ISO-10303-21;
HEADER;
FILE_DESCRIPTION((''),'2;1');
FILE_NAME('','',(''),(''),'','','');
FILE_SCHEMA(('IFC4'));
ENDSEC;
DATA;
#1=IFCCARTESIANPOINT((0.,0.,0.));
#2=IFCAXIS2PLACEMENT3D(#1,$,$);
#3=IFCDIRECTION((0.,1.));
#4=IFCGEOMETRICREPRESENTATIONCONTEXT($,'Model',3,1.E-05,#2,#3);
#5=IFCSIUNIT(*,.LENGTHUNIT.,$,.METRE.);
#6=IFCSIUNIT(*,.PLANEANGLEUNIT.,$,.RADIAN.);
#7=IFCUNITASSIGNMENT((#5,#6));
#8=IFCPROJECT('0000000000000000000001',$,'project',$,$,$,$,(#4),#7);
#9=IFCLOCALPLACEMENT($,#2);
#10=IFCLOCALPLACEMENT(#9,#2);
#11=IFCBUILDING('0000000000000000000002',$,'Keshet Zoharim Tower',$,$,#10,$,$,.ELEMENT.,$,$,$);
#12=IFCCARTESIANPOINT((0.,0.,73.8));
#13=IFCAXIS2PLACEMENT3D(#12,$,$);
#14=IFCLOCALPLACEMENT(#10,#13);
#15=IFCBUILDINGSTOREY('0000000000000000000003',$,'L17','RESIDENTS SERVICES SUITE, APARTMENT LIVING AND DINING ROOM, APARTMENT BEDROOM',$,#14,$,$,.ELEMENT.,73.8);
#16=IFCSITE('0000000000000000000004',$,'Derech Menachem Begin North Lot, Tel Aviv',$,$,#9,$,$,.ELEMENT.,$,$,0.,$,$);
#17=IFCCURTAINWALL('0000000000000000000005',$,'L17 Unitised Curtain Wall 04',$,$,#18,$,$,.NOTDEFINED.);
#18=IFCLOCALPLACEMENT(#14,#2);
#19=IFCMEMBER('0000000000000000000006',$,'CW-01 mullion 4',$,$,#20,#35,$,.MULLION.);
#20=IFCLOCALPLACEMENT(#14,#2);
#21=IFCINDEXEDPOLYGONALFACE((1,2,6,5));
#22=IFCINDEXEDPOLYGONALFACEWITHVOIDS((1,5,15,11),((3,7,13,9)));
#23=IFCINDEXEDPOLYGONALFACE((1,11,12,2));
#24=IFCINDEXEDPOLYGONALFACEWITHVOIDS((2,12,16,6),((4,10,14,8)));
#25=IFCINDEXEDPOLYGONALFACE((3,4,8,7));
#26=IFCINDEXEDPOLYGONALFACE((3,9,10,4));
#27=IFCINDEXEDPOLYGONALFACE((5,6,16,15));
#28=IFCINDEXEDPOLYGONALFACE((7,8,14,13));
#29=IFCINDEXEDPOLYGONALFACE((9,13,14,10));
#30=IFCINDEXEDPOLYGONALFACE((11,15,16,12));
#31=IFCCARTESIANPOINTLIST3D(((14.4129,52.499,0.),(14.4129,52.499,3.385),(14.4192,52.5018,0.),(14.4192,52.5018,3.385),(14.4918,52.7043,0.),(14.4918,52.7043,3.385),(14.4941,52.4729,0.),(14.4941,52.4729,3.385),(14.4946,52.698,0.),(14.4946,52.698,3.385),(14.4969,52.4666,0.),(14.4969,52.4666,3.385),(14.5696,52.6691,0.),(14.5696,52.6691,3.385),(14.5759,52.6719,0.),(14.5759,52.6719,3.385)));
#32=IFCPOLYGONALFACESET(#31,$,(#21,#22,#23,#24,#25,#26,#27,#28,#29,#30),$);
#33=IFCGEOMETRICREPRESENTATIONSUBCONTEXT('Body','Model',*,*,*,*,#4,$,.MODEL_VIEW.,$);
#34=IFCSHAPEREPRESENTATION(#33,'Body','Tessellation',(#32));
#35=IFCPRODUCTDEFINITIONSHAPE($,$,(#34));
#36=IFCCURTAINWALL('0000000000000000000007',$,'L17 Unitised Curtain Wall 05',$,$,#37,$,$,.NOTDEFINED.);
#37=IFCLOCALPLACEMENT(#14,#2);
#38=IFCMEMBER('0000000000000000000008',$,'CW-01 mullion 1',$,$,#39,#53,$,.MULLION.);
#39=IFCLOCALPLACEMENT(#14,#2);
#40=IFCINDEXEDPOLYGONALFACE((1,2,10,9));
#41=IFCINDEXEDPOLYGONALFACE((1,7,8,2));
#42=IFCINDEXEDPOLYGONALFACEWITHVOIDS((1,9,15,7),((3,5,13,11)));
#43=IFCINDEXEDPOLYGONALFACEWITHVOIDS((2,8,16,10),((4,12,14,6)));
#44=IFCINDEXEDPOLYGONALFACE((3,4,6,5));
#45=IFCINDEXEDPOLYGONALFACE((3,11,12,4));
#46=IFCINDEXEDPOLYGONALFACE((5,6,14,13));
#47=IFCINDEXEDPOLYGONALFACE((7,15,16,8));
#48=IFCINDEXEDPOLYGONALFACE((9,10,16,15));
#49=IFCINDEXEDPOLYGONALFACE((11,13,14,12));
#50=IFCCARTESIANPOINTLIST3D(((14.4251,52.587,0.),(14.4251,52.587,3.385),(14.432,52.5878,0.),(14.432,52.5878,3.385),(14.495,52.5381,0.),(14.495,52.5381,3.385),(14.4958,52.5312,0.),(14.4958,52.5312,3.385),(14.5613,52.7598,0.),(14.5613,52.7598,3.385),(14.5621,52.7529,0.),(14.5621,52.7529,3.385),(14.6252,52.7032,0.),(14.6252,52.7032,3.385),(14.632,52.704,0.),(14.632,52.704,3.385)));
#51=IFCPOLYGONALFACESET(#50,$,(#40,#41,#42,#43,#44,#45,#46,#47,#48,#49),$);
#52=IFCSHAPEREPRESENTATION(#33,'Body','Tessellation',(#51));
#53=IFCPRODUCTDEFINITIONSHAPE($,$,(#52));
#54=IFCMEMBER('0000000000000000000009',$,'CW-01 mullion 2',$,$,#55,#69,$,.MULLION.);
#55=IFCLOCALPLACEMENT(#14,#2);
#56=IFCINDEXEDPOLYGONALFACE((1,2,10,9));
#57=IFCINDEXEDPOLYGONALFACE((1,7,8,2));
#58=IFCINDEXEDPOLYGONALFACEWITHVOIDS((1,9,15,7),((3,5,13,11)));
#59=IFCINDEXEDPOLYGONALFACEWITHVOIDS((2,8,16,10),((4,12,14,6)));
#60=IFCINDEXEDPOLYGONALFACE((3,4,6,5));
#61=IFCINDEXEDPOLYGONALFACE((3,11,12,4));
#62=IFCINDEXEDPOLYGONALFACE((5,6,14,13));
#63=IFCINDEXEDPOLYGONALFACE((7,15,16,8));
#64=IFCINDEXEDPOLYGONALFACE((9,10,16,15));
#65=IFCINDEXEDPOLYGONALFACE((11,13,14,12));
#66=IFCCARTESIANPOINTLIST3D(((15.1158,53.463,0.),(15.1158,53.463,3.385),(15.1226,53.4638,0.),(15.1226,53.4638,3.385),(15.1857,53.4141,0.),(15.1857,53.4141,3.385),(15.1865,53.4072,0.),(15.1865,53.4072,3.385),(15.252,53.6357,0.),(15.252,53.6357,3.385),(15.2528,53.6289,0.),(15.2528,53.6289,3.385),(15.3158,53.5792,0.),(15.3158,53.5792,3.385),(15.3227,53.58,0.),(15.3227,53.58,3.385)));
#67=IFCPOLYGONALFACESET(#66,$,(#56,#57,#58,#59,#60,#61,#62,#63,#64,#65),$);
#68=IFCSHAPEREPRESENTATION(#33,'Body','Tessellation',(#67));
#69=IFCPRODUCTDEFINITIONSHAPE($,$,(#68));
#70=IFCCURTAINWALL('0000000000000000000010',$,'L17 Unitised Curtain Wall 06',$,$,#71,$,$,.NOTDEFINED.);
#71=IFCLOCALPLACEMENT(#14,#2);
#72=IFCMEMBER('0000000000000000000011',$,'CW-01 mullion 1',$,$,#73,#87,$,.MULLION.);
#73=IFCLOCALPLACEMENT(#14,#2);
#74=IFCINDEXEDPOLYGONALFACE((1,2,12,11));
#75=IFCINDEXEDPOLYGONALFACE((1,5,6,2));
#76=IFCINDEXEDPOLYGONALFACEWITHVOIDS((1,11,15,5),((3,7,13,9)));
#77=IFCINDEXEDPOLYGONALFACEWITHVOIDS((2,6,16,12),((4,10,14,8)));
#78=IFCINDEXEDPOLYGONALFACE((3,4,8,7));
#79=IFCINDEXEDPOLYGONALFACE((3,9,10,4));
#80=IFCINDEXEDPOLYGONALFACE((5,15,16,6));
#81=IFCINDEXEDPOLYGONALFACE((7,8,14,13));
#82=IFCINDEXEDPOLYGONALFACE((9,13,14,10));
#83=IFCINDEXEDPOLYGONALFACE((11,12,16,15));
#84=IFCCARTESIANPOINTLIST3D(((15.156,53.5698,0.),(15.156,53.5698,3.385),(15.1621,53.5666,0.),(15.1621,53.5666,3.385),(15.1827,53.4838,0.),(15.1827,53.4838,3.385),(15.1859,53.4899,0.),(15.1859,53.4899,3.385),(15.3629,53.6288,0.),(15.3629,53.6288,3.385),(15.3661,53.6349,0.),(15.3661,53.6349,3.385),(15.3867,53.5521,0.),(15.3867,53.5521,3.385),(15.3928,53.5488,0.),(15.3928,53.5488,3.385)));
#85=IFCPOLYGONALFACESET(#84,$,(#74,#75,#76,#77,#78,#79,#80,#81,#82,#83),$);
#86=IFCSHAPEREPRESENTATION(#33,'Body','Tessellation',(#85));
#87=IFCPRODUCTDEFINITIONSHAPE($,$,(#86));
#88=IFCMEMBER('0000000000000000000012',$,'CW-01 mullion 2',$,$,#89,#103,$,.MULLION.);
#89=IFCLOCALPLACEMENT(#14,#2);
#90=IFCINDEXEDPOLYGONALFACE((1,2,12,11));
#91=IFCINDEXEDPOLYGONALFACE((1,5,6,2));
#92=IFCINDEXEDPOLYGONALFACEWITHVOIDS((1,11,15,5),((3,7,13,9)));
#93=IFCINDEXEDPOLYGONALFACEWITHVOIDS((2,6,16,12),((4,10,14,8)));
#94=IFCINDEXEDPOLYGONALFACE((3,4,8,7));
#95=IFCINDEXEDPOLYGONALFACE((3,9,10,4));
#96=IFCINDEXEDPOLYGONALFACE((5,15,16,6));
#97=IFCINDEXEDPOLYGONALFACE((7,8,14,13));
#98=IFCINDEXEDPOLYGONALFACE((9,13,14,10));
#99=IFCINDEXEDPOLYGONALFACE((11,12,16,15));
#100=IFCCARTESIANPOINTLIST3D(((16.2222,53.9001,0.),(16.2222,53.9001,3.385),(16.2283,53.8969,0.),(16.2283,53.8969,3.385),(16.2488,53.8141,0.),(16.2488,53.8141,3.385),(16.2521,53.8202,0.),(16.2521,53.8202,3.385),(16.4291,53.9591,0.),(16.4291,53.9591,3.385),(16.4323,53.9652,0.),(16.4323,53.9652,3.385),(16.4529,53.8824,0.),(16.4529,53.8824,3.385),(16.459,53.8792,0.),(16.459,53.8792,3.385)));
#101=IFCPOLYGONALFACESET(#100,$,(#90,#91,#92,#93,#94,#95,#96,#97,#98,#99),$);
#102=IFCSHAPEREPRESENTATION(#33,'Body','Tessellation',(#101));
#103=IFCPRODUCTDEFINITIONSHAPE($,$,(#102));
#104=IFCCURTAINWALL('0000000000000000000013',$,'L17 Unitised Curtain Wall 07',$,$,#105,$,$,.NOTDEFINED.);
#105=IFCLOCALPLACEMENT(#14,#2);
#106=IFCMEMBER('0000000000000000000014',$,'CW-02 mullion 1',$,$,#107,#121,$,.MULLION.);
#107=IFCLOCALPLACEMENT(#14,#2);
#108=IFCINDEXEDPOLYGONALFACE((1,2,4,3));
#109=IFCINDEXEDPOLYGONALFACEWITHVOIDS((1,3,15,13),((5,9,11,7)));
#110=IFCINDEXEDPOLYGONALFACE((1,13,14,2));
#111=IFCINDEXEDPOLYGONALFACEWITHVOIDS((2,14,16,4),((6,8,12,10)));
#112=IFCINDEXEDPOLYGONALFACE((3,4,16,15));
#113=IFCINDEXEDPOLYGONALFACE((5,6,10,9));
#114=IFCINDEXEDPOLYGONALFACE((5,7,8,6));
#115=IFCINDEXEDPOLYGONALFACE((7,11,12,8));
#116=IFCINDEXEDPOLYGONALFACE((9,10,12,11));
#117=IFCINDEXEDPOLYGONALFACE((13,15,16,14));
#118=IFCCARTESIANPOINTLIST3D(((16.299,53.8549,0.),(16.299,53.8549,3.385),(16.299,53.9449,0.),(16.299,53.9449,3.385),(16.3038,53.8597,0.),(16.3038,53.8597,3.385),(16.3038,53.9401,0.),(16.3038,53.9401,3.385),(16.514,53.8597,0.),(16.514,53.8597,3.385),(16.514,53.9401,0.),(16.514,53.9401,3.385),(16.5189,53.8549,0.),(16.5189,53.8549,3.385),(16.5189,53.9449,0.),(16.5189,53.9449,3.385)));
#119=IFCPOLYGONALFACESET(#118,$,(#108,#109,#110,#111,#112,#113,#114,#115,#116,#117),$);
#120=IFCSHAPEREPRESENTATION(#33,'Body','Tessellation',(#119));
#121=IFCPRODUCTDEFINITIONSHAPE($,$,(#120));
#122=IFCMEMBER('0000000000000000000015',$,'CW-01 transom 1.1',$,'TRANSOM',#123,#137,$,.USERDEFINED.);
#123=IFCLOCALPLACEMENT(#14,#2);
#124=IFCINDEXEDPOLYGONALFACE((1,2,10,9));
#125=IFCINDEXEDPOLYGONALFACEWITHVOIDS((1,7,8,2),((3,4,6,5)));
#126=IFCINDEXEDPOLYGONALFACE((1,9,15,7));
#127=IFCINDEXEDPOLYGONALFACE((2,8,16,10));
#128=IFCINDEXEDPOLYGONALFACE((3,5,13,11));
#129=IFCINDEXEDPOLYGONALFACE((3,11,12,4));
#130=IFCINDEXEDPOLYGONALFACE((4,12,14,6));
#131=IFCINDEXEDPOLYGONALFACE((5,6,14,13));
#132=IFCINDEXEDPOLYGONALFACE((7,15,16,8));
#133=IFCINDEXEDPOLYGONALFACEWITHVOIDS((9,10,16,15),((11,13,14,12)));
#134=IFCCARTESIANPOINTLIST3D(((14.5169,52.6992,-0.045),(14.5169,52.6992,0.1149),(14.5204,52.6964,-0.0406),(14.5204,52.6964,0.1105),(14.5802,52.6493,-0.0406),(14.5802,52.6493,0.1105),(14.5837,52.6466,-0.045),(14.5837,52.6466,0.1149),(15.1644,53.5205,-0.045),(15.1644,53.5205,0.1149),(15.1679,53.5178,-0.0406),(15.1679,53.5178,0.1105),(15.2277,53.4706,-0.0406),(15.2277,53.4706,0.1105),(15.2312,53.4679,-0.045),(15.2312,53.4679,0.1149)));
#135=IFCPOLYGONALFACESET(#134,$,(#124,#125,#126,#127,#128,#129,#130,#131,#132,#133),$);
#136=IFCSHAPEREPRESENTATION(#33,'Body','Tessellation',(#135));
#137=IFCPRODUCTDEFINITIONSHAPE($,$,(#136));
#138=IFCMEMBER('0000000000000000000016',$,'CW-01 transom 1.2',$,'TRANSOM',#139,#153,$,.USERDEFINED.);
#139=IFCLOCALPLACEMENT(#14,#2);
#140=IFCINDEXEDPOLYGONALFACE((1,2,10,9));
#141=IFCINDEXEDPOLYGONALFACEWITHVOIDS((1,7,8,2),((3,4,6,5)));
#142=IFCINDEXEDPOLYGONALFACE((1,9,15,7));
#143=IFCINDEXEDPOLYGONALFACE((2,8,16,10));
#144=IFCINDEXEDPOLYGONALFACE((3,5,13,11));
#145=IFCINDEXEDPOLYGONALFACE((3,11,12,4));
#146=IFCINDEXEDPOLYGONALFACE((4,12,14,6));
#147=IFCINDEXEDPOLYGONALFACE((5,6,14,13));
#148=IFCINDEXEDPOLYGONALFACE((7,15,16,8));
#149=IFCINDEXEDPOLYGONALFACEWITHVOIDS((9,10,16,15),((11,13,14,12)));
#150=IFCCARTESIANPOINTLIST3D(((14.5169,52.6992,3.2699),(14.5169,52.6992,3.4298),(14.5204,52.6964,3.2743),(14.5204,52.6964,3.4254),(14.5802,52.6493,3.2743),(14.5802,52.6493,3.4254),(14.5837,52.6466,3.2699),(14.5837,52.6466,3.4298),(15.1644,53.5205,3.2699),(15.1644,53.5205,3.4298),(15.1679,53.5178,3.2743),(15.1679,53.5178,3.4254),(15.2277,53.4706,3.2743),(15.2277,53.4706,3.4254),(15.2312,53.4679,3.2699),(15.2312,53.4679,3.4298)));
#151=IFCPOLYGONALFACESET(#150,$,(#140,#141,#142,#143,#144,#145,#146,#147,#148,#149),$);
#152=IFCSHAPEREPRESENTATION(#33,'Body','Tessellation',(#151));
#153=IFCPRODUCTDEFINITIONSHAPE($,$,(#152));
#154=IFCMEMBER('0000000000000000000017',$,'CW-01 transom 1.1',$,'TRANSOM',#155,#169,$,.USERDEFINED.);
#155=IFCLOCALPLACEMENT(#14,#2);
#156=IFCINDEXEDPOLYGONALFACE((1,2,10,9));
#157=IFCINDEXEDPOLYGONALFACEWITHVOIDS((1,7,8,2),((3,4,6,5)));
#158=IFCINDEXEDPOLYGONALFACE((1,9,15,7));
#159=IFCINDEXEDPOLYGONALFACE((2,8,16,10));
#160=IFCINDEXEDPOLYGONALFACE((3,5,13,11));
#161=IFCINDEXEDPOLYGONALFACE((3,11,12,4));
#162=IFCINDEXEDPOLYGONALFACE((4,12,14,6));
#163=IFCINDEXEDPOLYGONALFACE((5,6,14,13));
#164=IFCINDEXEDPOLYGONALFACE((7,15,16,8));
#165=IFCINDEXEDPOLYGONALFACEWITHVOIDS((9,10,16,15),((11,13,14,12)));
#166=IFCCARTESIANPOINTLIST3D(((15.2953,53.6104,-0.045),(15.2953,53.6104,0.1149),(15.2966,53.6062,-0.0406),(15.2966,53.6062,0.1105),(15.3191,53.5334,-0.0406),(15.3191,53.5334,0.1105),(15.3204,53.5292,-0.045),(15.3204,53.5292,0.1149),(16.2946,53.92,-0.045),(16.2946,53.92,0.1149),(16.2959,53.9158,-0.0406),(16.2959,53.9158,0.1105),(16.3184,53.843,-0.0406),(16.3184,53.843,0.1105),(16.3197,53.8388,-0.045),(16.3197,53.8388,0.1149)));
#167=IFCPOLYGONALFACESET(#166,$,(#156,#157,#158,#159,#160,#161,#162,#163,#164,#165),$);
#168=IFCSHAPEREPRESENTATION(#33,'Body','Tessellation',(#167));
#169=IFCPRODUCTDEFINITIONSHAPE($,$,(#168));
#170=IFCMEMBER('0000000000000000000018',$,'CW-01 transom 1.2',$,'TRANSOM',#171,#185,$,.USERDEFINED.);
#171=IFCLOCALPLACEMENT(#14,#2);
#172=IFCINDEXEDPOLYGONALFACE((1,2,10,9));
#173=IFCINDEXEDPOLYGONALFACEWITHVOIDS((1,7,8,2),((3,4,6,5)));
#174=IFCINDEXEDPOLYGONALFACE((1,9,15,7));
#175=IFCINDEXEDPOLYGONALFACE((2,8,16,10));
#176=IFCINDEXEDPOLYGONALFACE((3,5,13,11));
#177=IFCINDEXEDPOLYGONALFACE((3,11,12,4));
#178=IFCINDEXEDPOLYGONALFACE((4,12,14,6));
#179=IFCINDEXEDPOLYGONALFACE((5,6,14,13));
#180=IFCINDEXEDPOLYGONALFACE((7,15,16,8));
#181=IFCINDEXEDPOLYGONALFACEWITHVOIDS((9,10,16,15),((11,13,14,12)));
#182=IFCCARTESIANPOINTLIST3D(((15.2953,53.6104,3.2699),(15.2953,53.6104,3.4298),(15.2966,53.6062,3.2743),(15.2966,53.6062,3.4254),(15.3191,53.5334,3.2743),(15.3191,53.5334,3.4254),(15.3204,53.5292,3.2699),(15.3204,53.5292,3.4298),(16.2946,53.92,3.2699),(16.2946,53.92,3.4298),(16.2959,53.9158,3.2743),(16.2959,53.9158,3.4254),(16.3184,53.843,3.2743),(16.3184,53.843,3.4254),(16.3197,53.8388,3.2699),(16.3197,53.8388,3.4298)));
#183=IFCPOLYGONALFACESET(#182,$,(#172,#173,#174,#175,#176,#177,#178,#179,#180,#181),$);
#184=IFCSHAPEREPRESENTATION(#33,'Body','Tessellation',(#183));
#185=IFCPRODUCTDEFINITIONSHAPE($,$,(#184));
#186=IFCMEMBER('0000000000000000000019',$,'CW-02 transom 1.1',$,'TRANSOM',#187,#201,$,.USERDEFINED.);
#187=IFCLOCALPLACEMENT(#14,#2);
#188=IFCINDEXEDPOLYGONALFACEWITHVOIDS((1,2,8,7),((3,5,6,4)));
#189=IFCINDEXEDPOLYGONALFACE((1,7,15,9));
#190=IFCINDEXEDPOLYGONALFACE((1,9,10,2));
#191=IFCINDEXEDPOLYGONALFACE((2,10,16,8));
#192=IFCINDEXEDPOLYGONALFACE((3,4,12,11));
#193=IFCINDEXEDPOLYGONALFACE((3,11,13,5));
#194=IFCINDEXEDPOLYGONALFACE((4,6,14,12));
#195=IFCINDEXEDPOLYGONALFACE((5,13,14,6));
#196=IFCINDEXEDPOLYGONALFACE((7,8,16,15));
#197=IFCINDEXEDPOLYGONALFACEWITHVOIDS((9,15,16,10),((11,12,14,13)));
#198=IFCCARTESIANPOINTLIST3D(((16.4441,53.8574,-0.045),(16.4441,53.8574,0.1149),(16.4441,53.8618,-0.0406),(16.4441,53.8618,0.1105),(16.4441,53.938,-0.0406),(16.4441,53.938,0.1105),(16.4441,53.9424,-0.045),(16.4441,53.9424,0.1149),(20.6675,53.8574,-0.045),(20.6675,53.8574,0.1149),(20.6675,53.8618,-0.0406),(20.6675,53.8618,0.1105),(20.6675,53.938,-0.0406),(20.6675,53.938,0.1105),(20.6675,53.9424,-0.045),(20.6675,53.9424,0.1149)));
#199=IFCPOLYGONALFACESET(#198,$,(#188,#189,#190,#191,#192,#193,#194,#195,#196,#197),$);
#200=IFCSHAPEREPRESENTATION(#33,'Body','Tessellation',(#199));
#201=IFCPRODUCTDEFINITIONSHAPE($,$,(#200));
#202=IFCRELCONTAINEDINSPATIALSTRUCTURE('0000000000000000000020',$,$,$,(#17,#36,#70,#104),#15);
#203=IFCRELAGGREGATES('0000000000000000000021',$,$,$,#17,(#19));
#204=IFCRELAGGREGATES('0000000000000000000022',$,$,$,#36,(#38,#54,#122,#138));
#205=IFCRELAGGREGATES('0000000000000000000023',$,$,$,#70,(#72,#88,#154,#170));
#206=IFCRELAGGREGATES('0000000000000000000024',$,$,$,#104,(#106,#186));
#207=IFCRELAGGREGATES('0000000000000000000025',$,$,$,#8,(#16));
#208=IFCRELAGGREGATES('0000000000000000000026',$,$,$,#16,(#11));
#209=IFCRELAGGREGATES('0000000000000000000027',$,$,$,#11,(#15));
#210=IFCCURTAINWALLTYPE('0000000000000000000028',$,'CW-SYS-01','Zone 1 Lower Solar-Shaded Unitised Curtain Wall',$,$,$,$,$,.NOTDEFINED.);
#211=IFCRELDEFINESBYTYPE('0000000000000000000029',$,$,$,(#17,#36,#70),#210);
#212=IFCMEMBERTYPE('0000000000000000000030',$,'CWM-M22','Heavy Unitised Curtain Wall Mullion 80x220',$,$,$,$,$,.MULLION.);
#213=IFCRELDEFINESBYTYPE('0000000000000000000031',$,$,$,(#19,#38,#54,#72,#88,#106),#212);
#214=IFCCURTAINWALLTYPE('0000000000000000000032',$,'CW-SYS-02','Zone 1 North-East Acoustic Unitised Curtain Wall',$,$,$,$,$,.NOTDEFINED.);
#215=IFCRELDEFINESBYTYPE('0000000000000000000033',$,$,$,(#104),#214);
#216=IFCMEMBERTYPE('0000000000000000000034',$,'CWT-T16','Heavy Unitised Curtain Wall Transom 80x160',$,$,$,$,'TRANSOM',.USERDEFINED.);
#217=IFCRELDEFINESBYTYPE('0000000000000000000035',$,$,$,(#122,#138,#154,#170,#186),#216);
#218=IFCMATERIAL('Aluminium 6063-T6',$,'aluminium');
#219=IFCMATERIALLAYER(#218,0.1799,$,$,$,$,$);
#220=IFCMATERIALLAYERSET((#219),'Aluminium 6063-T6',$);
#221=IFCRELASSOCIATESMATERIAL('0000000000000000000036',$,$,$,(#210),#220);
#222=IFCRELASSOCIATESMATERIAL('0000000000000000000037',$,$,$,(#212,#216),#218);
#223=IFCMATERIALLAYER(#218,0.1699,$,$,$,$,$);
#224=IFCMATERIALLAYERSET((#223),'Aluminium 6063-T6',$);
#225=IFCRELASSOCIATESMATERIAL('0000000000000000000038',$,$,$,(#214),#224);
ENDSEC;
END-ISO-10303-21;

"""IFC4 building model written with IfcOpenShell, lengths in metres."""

from ifc_helpers import new_model, si_unit, direction, frame, origin, origin_2d, place, context, subcontext, project, spatial, hollow_rectangle, extrude, material, layer, layer_set, material_profile, profile_set, type_object, element, aggregate, save


model = new_model("IFC4")

# Units and contexts
model_context = context("Model", 3, precision=1e-05, world=origin(), true_north=direction((0.0, 1.0)))
body_context = subcontext(model_context, "Body", "Model", "MODEL_VIEW")
ifc_project = project(units=[si_unit("LENGTHUNIT", "METRE"), si_unit("PLANEANGLEUNIT", "RADIAN")], contexts=[model_context])

# Site, building, storey
site_placement = place(None, origin())
site = spatial("IfcSite", under=ifc_project, at=site_placement, Name="Derech Menachem Begin North Lot, Tel Aviv", CompositionType="ELEMENT", RefElevation=0.0)
building_placement = place(site_placement, origin())
building = spatial("IfcBuilding", under=site, at=building_placement, Name="Keshet Zoharim Tower", CompositionType="ELEMENT")
storey_placement = place(building_placement, frame((0.0, 0.0, 73.8)))
storey = spatial("IfcBuildingStorey", under=building, at=storey_placement, Name="L17", Description="RESIDENTS SERVICES SUITE, APARTMENT LIVING AND DINING ROOM, APARTMENT BEDROOM", CompositionType="ELEMENT", Elevation=73.8)

# Curtain wall, member
ifc_material_1 = material(Name="Aluminium 6063-T6", Category="aluminium")
ifc_layer_1 = layer(ifc_material_1, 0.1799)
ifc_layer_set_1 = layer_set([ifc_layer_1], Name="Aluminium 6063-T6")
curtain_wall_type_1 = type_object("IfcCurtainWallType", Name="CW-SYS-01", Description="Zone 1 Lower Solar-Shaded Unitised Curtain Wall", PredefinedType="NOTDEFINED", material=ifc_layer_set_1)
curtain_wall_1_placement = place(storey_placement, origin())
curtain_wall_1 = element("IfcCurtainWall", 1, at=curtain_wall_1_placement, inside=storey, type_object=curtain_wall_type_1, Name="L17 Unitised Curtain Wall 04", PredefinedType="NOTDEFINED")
ifc_material_profile_1 = material_profile(ifc_material_1, hollow_rectangle(XDim=0.0901, YDim=0.22, WallThickness=0.0049, at=origin_2d()), Name="MUL-90x220")
ifc_profile_set_1 = profile_set([ifc_material_profile_1], Name="Aluminium 6063-T6")
member_type_1 = type_object("IfcMemberType", Name="CWM-M22", Description="Heavy Unitised Curtain Wall Mullion 80x220", PredefinedType="MULLION", material=ifc_profile_set_1)
member_1_placement = place(storey_placement, frame((14.4944, 52.5854, 0.0), z_axis=(0.0, 0.0, 1.0), x_axis=(-0.933341, 0.35899, 0.0)))
member_1 = element("IfcMember", 2, at=member_1_placement, type_object=member_type_1, Name="CW-01 mullion 4", PredefinedType="MULLION", context=body_context, shape_type="SweptSolid", body=[
    extrude(hollow_rectangle(XDim=0.0901, YDim=0.22, WallThickness=0.0049, at=origin_2d()), origin(), (0.0, 0.0, 1.0), 3.385),
])

# Curtain walls, members
curtain_wall_2_placement = place(storey_placement, origin())
curtain_wall_2 = element("IfcCurtainWall", 3, at=curtain_wall_2_placement, inside=storey, type_object=curtain_wall_type_1, Name="L17 Unitised Curtain Wall 05", PredefinedType="NOTDEFINED")
member_2_placement = place(storey_placement, frame((14.5286, 52.6455, 0.0), z_axis=(0.0, 0.0, 1.0), x_axis=(-0.785293, 0.619125, 0.0)))
member_2 = element("IfcMember", 4, at=member_2_placement, type_object=member_type_1, Name="CW-01 mullion 1", PredefinedType="MULLION", context=body_context, shape_type="SweptSolid", body=[
    extrude(hollow_rectangle(XDim=0.0901, YDim=0.22, WallThickness=0.0049, at=origin_2d()), origin(), (0.0, 0.0, 1.0), 3.385),
])
member_3_placement = place(storey_placement, frame((15.2192, 53.5215, 0.0), z_axis=(0.0, 0.0, 1.0), x_axis=(-0.785293, 0.619125, 0.0)))
member_3 = element("IfcMember", 5, at=member_3_placement, type_object=member_type_1, Name="CW-01 mullion 2", PredefinedType="MULLION", context=body_context, shape_type="SweptSolid", body=[
    extrude(hollow_rectangle(XDim=0.0901, YDim=0.22, WallThickness=0.0049, at=origin_2d()), origin(), (0.0, 0.0, 1.0), 3.385),
])
curtain_wall_3_placement = place(storey_placement, origin())
curtain_wall_3 = element("IfcCurtainWall", 6, at=curtain_wall_3_placement, inside=storey, type_object=curtain_wall_type_1, Name="L17 Unitised Curtain Wall 06", PredefinedType="NOTDEFINED")
member_4_placement = place(storey_placement, frame((15.2744, 53.5593, 0.0), z_axis=(0.0, 0.0, 1.0), x_axis=(-0.295922, 0.955212, 0.0)))
member_4 = element("IfcMember", 7, at=member_4_placement, type_object=member_type_1, Name="CW-01 mullion 1", PredefinedType="MULLION", context=body_context, shape_type="SweptSolid", body=[
    extrude(hollow_rectangle(XDim=0.0901, YDim=0.22, WallThickness=0.0049, at=origin_2d()), origin(), (0.0, 0.0, 1.0), 3.385),
])
member_5_placement = place(storey_placement, frame((16.3406, 53.8896, 0.0), z_axis=(0.0, 0.0, 1.0), x_axis=(-0.295922, 0.955212, 0.0)))
member_5 = element("IfcMember", 8, at=member_5_placement, type_object=member_type_1, Name="CW-01 mullion 2", PredefinedType="MULLION", context=body_context, shape_type="SweptSolid", body=[
    extrude(hollow_rectangle(XDim=0.0901, YDim=0.22, WallThickness=0.0049, at=origin_2d()), origin(), (0.0, 0.0, 1.0), 3.385),
])

# Curtain wall, member
ifc_layer_2 = layer(ifc_material_1, 0.1699)
ifc_layer_set_2 = layer_set([ifc_layer_2], Name="Aluminium 6063-T6")
curtain_wall_type_2 = type_object("IfcCurtainWallType", Name="CW-SYS-02", Description="Zone 1 North-East Acoustic Unitised Curtain Wall", PredefinedType="NOTDEFINED", material=ifc_layer_set_2)
curtain_wall_4_placement = place(storey_placement, origin())
curtain_wall_4 = element("IfcCurtainWall", 9, at=curtain_wall_4_placement, inside=storey, type_object=curtain_wall_type_2, Name="L17 Unitised Curtain Wall 07", PredefinedType="NOTDEFINED")
member_6_placement = place(storey_placement, frame((16.4089, 53.8999, 0.0), z_axis=(0.0, 0.0, 1.0), x_axis=(0.0, 1.0, 0.0)))
member_6 = element("IfcMember", 10, at=member_6_placement, type_object=member_type_1, Name="CW-02 mullion 1", PredefinedType="MULLION", context=body_context, shape_type="SweptSolid", body=[
    extrude(hollow_rectangle(XDim=0.0901, YDim=0.22, WallThickness=0.0049, at=origin_2d()), origin(), (0.0, 0.0, 1.0), 3.385),
])

# Members
ifc_material_profile_2 = material_profile(ifc_material_1, hollow_rectangle(XDim=0.085, YDim=0.1599, WallThickness=0.0044, at=origin_2d()), Name="TRN-85x160")
ifc_profile_set_2 = profile_set([ifc_material_profile_2], Name="Aluminium 6063-T6")
member_type_2 = type_object("IfcMemberType", Name="CWT-T16", Description="Heavy Unitised Curtain Wall Transom 80x160", ElementType="TRANSOM", PredefinedType="USERDEFINED", material=ifc_profile_set_2)
member_7_placement = place(storey_placement, frame((14.5503, 52.6729, 0.0349), z_axis=(0.619099, 0.785313, 0.0), x_axis=(-0.785313, 0.619099, 0.0)))
member_7 = element("IfcMember", 11, at=member_7_placement, type_object=member_type_2, Name="CW-01 transom 1.1", ObjectType="TRANSOM", PredefinedType="USERDEFINED", context=body_context, shape_type="SweptSolid", body=[
    extrude(hollow_rectangle(XDim=0.085, YDim=0.1599, WallThickness=0.0044, at=origin_2d()), origin(), (0.0, 0.0, 1.0), 1.0459),
])
member_8_placement = place(storey_placement, frame((14.5503, 52.6729, 3.3499), z_axis=(0.619099, 0.785313, 0.0), x_axis=(-0.785313, 0.619099, 0.0)))
member_8 = element("IfcMember", 12, at=member_8_placement, type_object=member_type_2, Name="CW-01 transom 1.2", ObjectType="TRANSOM", PredefinedType="USERDEFINED", context=body_context, shape_type="SweptSolid", body=[
    extrude(hollow_rectangle(XDim=0.085, YDim=0.1599, WallThickness=0.0044, at=origin_2d()), origin(), (0.0, 0.0, 1.0), 1.0459),
])
member_9_placement = place(storey_placement, frame((15.3079, 53.5698, 0.0349), z_axis=(0.955212, 0.295922, 0.0), x_axis=(-0.295922, 0.955212, 0.0)))
member_9 = element("IfcMember", 13, at=member_9_placement, type_object=member_type_2, Name="CW-01 transom 1.1", ObjectType="TRANSOM", PredefinedType="USERDEFINED", context=body_context, shape_type="SweptSolid", body=[
    extrude(hollow_rectangle(XDim=0.085, YDim=0.1599, WallThickness=0.0044, at=origin_2d()), origin(), (0.0, 0.0, 1.0), 1.0461),
])
member_10_placement = place(storey_placement, frame((15.3079, 53.5698, 3.3499), z_axis=(0.955212, 0.295922, 0.0), x_axis=(-0.295922, 0.955212, 0.0)))
member_10 = element("IfcMember", 14, at=member_10_placement, type_object=member_type_2, Name="CW-01 transom 1.2", ObjectType="TRANSOM", PredefinedType="USERDEFINED", context=body_context, shape_type="SweptSolid", body=[
    extrude(hollow_rectangle(XDim=0.085, YDim=0.1599, WallThickness=0.0044, at=origin_2d()), origin(), (0.0, 0.0, 1.0), 1.0461),
])
member_11_placement = place(storey_placement, frame((16.4441, 53.8999, 0.0349), z_axis=(1.0, 0.0, 0.0), x_axis=(0.0, 1.0, 0.0)))
member_11 = element("IfcMember", 15, at=member_11_placement, type_object=member_type_2, Name="CW-02 transom 1.1", ObjectType="TRANSOM", PredefinedType="USERDEFINED", context=body_context, shape_type="SweptSolid", body=[
    extrude(hollow_rectangle(XDim=0.085, YDim=0.1599, WallThickness=0.0044, at=origin_2d()), origin(), (0.0, 0.0, 1.0), 4.2234),
])

aggregate(curtain_wall_1, [member_1])
aggregate(curtain_wall_2, [member_2, member_3, member_7, member_8])
aggregate(curtain_wall_3, [member_4, member_5, member_9, member_10])
aggregate(curtain_wall_4, [member_6, member_11])

save(model, "model.ifc")
